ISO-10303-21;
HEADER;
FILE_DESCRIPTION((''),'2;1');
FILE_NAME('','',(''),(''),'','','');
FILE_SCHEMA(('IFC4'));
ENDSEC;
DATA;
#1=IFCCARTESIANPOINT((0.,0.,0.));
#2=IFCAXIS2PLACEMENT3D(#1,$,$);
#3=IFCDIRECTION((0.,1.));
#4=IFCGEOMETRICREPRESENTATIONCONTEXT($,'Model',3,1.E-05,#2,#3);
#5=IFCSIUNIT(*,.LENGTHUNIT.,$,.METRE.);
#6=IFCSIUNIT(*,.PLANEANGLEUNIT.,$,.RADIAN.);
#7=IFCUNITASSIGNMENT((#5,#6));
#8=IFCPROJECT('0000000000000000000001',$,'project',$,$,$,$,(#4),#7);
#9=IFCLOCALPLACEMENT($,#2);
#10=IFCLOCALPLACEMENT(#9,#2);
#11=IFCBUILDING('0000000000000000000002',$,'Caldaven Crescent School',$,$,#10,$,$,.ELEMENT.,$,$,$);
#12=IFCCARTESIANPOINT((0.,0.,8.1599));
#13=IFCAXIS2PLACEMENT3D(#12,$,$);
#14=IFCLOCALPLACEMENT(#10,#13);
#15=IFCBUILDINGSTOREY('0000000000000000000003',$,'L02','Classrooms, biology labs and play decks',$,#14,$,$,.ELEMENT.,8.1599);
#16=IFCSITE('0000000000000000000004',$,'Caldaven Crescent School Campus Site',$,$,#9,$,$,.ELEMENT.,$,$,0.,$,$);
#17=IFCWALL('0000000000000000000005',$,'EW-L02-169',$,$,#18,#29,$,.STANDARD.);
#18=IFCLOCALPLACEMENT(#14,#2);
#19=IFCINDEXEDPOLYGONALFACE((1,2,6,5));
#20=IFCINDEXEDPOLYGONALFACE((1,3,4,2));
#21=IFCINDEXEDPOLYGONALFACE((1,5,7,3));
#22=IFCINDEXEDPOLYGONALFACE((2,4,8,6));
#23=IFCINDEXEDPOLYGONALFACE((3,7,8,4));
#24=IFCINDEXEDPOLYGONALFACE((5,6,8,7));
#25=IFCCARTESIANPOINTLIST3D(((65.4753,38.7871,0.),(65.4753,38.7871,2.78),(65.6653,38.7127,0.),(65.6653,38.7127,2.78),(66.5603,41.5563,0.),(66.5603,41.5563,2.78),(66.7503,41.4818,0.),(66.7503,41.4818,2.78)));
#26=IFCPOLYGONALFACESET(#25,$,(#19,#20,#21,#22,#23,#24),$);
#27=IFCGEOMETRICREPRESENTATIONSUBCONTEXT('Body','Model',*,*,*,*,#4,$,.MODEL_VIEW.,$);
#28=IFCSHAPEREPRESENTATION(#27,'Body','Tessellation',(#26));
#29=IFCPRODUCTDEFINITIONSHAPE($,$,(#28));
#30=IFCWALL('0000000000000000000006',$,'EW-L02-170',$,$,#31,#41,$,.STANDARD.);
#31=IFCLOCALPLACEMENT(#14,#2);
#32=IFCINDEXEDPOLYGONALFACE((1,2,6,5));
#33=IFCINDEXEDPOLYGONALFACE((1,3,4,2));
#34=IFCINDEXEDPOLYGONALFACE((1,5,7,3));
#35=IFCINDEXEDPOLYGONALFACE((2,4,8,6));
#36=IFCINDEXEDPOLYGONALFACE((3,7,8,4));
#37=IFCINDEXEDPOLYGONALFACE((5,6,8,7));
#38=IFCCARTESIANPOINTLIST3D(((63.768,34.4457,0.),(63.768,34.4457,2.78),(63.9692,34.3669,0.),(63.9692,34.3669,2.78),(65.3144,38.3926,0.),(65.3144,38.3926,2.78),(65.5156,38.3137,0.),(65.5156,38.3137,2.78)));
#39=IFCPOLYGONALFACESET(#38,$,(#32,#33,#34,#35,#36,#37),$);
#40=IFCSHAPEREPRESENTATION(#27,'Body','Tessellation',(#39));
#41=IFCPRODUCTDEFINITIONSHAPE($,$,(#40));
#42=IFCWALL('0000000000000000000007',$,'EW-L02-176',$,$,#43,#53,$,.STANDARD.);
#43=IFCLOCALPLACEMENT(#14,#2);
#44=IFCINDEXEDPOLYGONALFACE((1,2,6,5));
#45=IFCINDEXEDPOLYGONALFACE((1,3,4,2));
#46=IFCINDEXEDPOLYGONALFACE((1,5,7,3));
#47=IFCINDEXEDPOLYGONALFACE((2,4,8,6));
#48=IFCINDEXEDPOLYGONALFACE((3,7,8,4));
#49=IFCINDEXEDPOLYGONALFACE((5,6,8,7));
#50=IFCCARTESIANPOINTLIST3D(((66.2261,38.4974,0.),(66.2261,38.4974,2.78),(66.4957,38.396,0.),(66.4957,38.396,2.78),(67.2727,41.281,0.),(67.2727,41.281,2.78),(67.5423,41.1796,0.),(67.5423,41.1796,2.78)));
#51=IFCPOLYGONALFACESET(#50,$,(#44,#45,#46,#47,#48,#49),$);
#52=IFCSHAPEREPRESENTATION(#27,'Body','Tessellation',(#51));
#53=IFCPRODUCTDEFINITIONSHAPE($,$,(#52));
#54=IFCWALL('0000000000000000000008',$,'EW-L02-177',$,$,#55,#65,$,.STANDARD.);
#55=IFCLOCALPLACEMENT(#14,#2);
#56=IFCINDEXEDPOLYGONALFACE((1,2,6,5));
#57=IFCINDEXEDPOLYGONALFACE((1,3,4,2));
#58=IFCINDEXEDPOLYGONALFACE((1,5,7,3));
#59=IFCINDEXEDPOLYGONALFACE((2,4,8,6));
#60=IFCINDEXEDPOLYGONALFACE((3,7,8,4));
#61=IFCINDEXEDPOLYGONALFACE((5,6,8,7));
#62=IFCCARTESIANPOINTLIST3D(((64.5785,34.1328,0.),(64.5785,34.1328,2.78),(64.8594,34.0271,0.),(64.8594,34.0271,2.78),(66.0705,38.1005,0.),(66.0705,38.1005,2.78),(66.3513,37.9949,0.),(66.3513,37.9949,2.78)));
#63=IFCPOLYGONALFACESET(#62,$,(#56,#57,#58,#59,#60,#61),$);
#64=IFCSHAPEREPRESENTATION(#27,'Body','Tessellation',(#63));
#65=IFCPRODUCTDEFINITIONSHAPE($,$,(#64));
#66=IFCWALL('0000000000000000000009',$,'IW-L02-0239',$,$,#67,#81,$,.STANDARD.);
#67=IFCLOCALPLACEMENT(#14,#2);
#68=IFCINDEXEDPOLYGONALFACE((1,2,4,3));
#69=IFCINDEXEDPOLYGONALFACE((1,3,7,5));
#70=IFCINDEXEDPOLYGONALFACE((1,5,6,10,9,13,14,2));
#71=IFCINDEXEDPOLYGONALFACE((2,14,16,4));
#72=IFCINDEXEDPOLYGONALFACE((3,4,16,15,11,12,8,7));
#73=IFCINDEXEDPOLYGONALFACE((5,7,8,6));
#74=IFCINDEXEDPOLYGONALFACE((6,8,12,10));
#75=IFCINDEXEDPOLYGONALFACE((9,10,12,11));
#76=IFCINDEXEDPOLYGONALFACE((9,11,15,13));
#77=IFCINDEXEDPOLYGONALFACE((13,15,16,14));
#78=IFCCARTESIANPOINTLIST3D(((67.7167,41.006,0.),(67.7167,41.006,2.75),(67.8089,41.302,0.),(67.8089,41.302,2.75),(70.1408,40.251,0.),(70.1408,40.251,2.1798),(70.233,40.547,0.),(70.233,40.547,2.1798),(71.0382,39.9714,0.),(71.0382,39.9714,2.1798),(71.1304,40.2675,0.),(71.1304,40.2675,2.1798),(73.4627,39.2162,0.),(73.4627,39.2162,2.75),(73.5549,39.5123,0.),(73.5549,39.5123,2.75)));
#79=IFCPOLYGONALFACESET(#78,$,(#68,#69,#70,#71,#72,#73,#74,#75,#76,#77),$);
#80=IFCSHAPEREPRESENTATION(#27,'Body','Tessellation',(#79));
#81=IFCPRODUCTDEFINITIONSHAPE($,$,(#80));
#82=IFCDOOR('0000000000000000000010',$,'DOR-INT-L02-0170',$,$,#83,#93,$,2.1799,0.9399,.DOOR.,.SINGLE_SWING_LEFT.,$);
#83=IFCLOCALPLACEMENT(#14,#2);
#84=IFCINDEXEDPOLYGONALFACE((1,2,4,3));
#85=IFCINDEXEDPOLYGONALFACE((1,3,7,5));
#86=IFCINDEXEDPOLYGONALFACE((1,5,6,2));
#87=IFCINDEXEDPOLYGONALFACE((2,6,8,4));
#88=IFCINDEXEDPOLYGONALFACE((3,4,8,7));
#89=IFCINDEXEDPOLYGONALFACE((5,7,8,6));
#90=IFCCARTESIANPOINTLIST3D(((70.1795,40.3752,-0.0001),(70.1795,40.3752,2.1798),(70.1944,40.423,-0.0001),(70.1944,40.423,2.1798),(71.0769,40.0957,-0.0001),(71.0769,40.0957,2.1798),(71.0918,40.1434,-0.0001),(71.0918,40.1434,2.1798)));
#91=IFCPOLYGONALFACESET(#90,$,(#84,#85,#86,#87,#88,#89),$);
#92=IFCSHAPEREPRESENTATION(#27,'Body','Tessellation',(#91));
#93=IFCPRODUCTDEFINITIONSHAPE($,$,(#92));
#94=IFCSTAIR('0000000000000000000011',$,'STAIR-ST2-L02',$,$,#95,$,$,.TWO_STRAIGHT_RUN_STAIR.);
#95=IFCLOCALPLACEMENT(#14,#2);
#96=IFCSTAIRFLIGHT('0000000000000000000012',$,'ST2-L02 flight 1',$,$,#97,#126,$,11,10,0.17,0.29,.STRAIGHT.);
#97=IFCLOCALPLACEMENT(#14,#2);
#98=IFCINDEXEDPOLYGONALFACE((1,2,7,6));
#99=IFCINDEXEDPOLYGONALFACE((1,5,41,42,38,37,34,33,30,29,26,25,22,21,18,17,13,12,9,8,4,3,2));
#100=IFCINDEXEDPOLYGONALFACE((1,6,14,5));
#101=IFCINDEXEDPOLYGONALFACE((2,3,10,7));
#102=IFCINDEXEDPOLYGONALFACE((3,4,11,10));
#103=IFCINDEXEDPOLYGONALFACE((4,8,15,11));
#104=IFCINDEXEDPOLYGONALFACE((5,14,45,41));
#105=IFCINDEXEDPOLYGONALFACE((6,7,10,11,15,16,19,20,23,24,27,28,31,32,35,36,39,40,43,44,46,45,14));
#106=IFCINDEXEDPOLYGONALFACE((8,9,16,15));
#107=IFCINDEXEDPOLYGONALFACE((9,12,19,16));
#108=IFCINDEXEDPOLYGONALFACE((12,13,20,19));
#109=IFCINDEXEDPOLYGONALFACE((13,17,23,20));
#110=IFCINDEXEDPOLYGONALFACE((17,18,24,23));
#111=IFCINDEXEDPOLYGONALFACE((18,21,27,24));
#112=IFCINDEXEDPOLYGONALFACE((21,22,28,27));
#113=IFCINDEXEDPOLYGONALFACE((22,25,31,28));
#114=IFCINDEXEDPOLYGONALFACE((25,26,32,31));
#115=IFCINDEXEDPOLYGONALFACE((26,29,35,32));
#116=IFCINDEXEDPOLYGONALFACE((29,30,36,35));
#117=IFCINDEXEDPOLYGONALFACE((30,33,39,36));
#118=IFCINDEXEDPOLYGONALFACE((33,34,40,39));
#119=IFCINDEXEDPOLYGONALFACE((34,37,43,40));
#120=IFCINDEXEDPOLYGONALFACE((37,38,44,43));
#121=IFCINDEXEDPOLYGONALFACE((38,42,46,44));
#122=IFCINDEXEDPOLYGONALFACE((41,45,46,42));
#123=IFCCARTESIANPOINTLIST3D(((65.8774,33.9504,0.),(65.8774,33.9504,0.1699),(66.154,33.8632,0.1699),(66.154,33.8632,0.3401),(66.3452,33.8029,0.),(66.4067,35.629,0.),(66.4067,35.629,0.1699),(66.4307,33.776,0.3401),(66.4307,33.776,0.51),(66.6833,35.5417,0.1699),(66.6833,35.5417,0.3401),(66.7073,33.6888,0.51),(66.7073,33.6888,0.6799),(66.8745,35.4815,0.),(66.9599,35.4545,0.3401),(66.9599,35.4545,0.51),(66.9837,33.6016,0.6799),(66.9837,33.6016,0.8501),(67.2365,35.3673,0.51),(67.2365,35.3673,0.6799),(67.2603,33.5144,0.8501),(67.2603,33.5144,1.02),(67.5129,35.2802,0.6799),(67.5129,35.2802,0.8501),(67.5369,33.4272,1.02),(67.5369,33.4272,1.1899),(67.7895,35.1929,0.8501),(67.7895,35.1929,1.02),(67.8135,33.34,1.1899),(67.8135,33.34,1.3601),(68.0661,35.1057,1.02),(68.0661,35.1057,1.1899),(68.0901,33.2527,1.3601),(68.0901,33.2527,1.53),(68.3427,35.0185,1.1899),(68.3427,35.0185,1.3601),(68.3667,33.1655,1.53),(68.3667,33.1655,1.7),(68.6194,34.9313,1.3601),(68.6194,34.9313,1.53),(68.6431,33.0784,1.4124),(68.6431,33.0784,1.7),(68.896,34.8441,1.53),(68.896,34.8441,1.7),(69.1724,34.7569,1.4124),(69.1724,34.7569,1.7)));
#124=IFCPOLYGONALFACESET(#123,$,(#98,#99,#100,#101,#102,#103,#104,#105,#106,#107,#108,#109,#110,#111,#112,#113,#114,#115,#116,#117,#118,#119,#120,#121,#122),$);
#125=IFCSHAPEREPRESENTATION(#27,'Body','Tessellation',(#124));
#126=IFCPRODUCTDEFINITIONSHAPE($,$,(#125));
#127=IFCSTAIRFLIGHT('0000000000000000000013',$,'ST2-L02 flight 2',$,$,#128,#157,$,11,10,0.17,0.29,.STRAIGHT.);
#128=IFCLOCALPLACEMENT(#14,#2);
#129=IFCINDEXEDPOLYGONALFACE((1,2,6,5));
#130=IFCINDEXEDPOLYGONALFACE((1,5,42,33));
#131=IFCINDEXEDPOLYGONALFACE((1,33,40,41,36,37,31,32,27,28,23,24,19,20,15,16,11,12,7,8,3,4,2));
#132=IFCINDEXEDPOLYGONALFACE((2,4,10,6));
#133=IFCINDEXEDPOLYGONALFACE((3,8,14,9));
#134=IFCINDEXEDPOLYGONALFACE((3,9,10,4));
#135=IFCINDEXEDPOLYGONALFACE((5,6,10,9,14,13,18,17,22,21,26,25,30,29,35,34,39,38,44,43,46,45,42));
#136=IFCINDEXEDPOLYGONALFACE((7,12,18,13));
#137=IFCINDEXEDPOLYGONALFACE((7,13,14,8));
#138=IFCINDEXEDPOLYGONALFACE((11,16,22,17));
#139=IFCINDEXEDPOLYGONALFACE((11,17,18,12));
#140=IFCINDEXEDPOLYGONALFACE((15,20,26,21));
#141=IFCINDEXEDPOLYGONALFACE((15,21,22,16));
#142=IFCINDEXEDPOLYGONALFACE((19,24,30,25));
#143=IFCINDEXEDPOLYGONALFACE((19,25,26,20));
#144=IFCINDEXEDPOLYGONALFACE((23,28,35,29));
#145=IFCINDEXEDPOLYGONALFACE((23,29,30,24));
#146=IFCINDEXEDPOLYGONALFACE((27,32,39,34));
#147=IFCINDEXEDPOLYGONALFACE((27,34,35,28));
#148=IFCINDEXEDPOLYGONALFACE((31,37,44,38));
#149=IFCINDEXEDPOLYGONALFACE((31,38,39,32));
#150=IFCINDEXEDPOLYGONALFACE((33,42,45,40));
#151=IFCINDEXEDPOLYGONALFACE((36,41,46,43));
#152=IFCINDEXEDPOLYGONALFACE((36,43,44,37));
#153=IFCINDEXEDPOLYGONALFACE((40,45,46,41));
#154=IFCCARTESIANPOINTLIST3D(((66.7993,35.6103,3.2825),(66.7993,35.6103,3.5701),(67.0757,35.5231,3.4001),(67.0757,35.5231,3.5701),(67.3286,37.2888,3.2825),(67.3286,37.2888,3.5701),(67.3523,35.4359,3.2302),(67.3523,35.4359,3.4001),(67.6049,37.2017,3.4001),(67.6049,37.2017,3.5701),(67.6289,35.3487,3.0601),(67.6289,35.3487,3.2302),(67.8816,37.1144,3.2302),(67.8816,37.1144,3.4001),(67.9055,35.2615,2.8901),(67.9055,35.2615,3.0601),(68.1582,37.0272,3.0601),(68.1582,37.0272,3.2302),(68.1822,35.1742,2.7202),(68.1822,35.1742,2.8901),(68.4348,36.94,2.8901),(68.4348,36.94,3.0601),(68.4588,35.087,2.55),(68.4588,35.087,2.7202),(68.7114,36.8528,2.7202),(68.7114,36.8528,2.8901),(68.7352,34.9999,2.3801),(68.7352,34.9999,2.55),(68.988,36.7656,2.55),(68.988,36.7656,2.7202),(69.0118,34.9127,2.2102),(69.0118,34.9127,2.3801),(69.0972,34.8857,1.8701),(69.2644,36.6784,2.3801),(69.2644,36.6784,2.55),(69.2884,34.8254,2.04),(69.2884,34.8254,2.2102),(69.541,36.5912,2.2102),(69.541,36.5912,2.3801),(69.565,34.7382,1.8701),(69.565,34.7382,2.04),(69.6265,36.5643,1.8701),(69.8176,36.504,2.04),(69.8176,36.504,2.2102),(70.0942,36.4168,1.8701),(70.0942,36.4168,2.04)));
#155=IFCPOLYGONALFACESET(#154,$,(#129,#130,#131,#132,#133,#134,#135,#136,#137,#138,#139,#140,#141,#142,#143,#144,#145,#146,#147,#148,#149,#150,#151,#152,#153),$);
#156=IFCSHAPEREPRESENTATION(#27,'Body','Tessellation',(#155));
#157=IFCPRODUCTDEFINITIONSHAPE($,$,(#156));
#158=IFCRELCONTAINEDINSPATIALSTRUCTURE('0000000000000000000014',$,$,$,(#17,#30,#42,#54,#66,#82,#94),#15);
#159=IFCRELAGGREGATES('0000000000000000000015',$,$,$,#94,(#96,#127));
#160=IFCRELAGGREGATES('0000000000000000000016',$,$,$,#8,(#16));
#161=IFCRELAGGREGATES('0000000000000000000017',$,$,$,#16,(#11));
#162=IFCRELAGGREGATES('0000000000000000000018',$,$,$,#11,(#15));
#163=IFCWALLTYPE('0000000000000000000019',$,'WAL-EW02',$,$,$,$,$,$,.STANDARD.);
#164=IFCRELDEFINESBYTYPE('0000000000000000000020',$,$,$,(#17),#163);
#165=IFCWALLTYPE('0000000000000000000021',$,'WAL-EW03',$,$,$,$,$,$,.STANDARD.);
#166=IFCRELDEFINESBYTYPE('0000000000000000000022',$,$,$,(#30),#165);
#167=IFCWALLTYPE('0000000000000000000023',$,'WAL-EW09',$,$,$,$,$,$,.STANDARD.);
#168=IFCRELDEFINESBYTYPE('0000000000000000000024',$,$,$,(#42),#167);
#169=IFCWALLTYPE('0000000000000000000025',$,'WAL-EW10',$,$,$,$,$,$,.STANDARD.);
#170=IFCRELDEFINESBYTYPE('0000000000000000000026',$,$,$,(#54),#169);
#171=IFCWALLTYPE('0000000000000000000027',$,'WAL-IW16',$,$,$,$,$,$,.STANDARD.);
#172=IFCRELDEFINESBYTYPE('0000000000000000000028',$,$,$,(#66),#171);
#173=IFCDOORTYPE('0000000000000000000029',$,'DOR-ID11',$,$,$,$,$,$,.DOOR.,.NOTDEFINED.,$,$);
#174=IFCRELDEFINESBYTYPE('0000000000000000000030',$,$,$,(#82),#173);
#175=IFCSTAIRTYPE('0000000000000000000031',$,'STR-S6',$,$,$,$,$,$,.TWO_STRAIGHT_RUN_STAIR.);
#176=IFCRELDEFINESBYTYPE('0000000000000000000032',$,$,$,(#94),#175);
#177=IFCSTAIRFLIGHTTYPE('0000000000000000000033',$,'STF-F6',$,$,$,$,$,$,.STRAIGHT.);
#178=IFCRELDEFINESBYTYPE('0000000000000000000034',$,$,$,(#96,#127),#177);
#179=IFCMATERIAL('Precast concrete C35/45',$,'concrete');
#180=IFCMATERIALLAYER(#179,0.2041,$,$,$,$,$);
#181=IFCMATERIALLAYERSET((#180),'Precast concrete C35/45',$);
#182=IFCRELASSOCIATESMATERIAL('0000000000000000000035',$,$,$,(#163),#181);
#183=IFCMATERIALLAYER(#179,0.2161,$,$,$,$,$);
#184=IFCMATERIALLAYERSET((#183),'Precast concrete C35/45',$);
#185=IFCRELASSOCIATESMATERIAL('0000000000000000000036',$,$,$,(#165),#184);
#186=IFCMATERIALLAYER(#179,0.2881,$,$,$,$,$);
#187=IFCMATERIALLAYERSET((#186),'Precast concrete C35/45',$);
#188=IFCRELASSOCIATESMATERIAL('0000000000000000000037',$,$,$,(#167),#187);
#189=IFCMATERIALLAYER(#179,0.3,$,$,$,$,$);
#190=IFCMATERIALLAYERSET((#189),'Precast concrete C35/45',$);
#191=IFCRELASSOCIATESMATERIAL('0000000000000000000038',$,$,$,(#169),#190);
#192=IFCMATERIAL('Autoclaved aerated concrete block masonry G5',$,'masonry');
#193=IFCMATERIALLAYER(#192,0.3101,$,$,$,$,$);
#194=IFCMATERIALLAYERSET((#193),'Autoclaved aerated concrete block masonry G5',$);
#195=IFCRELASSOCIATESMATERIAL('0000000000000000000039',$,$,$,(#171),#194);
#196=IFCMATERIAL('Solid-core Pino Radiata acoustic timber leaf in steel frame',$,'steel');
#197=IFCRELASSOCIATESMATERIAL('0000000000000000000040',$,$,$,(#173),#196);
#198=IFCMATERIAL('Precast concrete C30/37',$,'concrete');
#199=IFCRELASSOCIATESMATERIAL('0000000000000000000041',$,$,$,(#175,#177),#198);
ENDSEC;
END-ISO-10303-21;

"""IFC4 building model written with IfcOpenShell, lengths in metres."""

from ifc_helpers import new_model, si_unit, direction, frame, frame_2d, origin, place, context, subcontext, project, spatial, polyline, rectangle, outline, extrude, material, layer, layer_set, type_object, element, fill, aggregate, save


model = new_model("IFC4")

# Units and contexts
model_context = context("Model", 3, precision=1e-05, world=origin(), true_north=direction((0.0, 1.0)))
body_context = subcontext(model_context, "Body", "Model", "MODEL_VIEW")
ifc_project = project(units=[si_unit("LENGTHUNIT", "METRE"), si_unit("PLANEANGLEUNIT", "RADIAN")], contexts=[model_context])

# Site, building, storey
site_placement = place(None, origin())
site = spatial("IfcSite", under=ifc_project, at=site_placement, Name="Caldaven Crescent School Campus Site", CompositionType="ELEMENT", RefElevation=0.0)
building_placement = place(site_placement, origin())
building = spatial("IfcBuilding", under=site, at=building_placement, Name="Caldaven Crescent School", CompositionType="ELEMENT")
storey_placement = place(building_placement, frame((0.0, 0.0, 8.1599)))
storey = spatial("IfcBuildingStorey", under=building, at=storey_placement, Name="L02", Description="Classrooms, biology labs and play decks", CompositionType="ELEMENT", Elevation=8.1599)

# Walls
ifc_material_1 = material(Name="Precast concrete C35/45", Category="concrete")
ifc_layer_1 = layer(ifc_material_1, 0.2041)
ifc_layer_set_1 = layer_set([ifc_layer_1], Name="Precast concrete C35/45")
wall_type_1 = type_object("IfcWallType", Name="WAL-EW02", PredefinedType="STANDARD", material=ifc_layer_set_1)
wall_1_placement = place(storey_placement, frame((66.6553, 41.519, 0.0), z_axis=(0.0, 0.0, 1.0), x_axis=(-0.364814, -0.93108, 0.0)))
element("IfcWall", 1, at=wall_1_placement, inside=storey, type_object=wall_type_1, Name="EW-L02-169", PredefinedType="STANDARD", context=body_context, shape_type="SweptSolid", body=[
    extrude(rectangle(XDim=2.9741, YDim=0.2041, at=frame_2d((1.4871, 0.0))), origin(), (0.0, 0.0, 1.0), 2.78),
])
ifc_layer_2 = layer(ifc_material_1, 0.2161)
ifc_layer_set_2 = layer_set([ifc_layer_2], Name="Precast concrete C35/45")
wall_type_2 = type_object("IfcWallType", Name="WAL-EW03", PredefinedType="STANDARD", material=ifc_layer_set_2)
wall_2_placement = place(storey_placement, frame((65.415, 38.3533, 0.0), z_axis=(0.0, 0.0, 1.0), x_axis=(-0.364808, -0.931083, 0.0)))
element("IfcWall", 2, at=wall_2_placement, inside=storey, type_object=wall_type_2, Name="EW-L02-170", PredefinedType="STANDARD", context=body_context, shape_type="SweptSolid", body=[
    extrude(rectangle(XDim=4.239, YDim=0.2161, at=frame_2d((2.1196, 0.0))), origin(), (0.0, 0.0, 1.0), 2.78),
])
ifc_layer_3 = layer(ifc_material_1, 0.2881)
ifc_layer_set_3 = layer_set([ifc_layer_3], Name="Precast concrete C35/45")
wall_type_3 = type_object("IfcWallType", Name="WAL-EW09", PredefinedType="STANDARD", material=ifc_layer_set_3)
wall_3_placement = place(storey_placement, frame((67.4075, 41.2302, 0.0), z_axis=(0.0, 0.0, 1.0), x_axis=(-0.351933, -0.936025, 0.0)))
element("IfcWall", 3, at=wall_3_placement, inside=storey, type_object=wall_type_3, Name="EW-L02-176", PredefinedType="STANDARD", context=body_context, shape_type="SweptSolid", body=[
    extrude(rectangle(XDim=2.9739, YDim=0.2881, at=frame_2d((1.4868, 0.0))), origin(), (0.0, 0.0, 1.0), 2.78),
])
ifc_layer_4 = layer(ifc_material_1, 0.3)
ifc_layer_set_4 = layer_set([ifc_layer_4], Name="Precast concrete C35/45")
wall_type_4 = type_object("IfcWallType", Name="WAL-EW10", PredefinedType="STANDARD", material=ifc_layer_set_4)
wall_4_placement = place(storey_placement, frame((66.2109, 38.0479, 0.0), z_axis=(0.0, 0.0, 1.0), x_axis=(-0.351956, -0.936016, 0.0)))
element("IfcWall", 4, at=wall_4_placement, inside=storey, type_object=wall_type_4, Name="EW-L02-177", PredefinedType="STANDARD", context=body_context, shape_type="SweptSolid", body=[
    extrude(rectangle(XDim=4.239, YDim=0.3, at=frame_2d((2.1196, 0.0))), origin(), (0.0, 0.0, 1.0), 2.78),
])

# Wall, opening, door
ifc_material_2 = material(Name="Autoclaved aerated concrete block masonry G5", Category="masonry")
ifc_material_3 = material(Name="Solid-core Pino Radiata acoustic timber leaf in steel frame", Category="steel")
ifc_layer_5 = layer(ifc_material_2, 0.3101)
ifc_layer_set_5 = layer_set([ifc_layer_5], Name="Autoclaved aerated concrete block masonry G5")
wall_type_5 = type_object("IfcWallType", Name="WAL-IW16", PredefinedType="STANDARD", material=ifc_layer_set_5)
wall_5_placement = place(storey_placement, frame((67.7627, 41.1541, 0.0), z_axis=(0.0, 0.0, 1.0), x_axis=(0.954757, -0.297388, 0.0)))
wall_5 = element("IfcWall", 5, at=wall_5_placement, inside=storey, type_object=wall_type_5, Name="IW-L02-0239", PredefinedType="STANDARD", context=body_context, shape_type="SweptSolid", body=[
    extrude(rectangle(XDim=6.0183, YDim=0.3101, at=frame_2d((3.0093, 0.0))), origin(), (0.0, 0.0, 1.0), 2.75),
])
opening_1_placement = place(wall_5_placement, frame((2.5391, 0.0, 0.0)))
opening_1 = element("IfcOpeningElement", 6, at=opening_1_placement, cuts=wall_5, PredefinedType="OPENING", context=body_context, shape_type="SweptSolid", body=[
    extrude(rectangle(XDim=0.9399, YDim=2.1799, at=frame_2d((0.47, 1.0898))), frame((0.0, 0.165, 0.0), z_axis=(0.0, -1.0, 0.0), x_axis=(1.0, 0.0, 0.0)), (0.0, 0.0, 1.0), 0.3301),
])
door_type_1 = type_object("IfcDoorType", Name="DOR-ID11", OperationType="NOTDEFINED", PredefinedType="DOOR", material=ifc_material_3)
door_1_placement = place(opening_1_placement, frame((0.9399, 0.0, 0.0), z_axis=(0.0, 0.0, 1.0), x_axis=(-1.0, 0.0, 0.0)))
door_1 = element("IfcDoor", 7, at=door_1_placement, inside=storey, type_object=door_type_1, Name="DOR-INT-L02-0170", OperationType="SINGLE_SWING_LEFT", OverallHeight=2.1799, OverallWidth=0.9399, PredefinedType="DOOR", context=body_context, shape_type="SweptSolid", body=[
    extrude(rectangle(XDim=0.9399, YDim=2.1799, at=frame_2d((0.47, 1.0898))), frame((0.0, 0.0249, 0.0), z_axis=(0.0, -1.0, 0.0), x_axis=(1.0, 0.0, 0.0)), (0.0, 0.0, 1.0), 0.05),
])
fill(opening_1, door_1)

# Stair, stair flights
ifc_material_4 = material(Name="Precast concrete C30/37", Category="concrete")
stair_type = type_object("IfcStairType", Name="STR-S6", PredefinedType="TWO_STRAIGHT_RUN_STAIR", material=ifc_material_4)
stair_placement = place(storey_placement, origin())
stair = element("IfcStair", 8, at=stair_placement, inside=storey, type_object=stair_type, Name="STAIR-ST2-L02", PredefinedType="TWO_STRAIGHT_RUN_STAIR")
stair_flight_type = type_object("IfcStairFlightType", Name="STF-F6", PredefinedType="STRAIGHT", material=ifc_material_4)
stair_flight_1_placement = place(storey_placement, frame((66.1421, 34.7898, 0.0), z_axis=(0.0, 0.0, 1.0), x_axis=(0.953717, -0.300706, 0.0)))
stair_flight_1 = element("IfcStairFlight", 9, at=stair_flight_1_placement, type_object=stair_flight_type, Name="ST2-L02 flight 1", NumberOfRisers=11, NumberOfTreads=10, PredefinedType="STRAIGHT", RiserHeight=0.17, TreadLength=0.29, context=body_context, shape_type="SweptSolid", body=[
    extrude(outline(polyline([(0.0, 0.0), (0.0, 0.1699), (0.29, 0.1699), (0.29, 0.3401), (0.5801, 0.3401), (0.5801, 0.51), (0.8701, 0.51), (0.8701, 0.6799), (1.1599, 0.6799), (1.1599, 0.8501), (1.45, 0.8501), (1.45, 1.02), (1.74, 1.02), (1.74, 1.1899), (2.03, 1.1899), (2.03, 1.3601), (2.3201, 1.3601), (2.3201, 1.53), (2.6101, 1.53), (2.6101, 1.7), (2.8999, 1.7), (2.8999, 1.8701), (2.8999, 1.4124), (0.4905, 0.0), (0.0, 0.0)])), frame((0.0, 0.8799, 0.0), z_axis=(0.0, -1.0, 0.0), x_axis=(1.0, 0.0, 0.0)), (0.0, 0.0, 1.0), 1.76),
])
stair_flight_2_placement = place(storey_placement, frame((69.8296, 35.5774, 1.8701), z_axis=(0.0, 0.0, 1.0), x_axis=(-0.953717, 0.300706, 0.0)))
stair_flight_2 = element("IfcStairFlight", 10, at=stair_flight_2_placement, type_object=stair_flight_type, Name="ST2-L02 flight 2", NumberOfRisers=11, NumberOfTreads=10, PredefinedType="STRAIGHT", RiserHeight=0.17, TreadLength=0.29, context=body_context, shape_type="SweptSolid", body=[
    extrude(outline(polyline([(0.0, 0.0), (0.0, 0.1699), (0.29, 0.1699), (0.29, 0.3401), (0.5801, 0.3401), (0.5801, 0.51), (0.8701, 0.51), (0.8701, 0.6799), (1.1599, 0.6799), (1.1599, 0.8501), (1.45, 0.8501), (1.45, 1.02), (1.74, 1.02), (1.74, 1.1899), (2.03, 1.1899), (2.03, 1.3601), (2.3201, 1.3601), (2.3201, 1.53), (2.6101, 1.53), (2.6101, 1.7), (2.8999, 1.7), (2.8999, 1.8701), (2.8999, 1.4124), (0.4905, 0.0), (0.0, 0.0)])), frame((0.0, 0.8799, 0.0), z_axis=(0.0, -1.0, 0.0), x_axis=(1.0, 0.0, 0.0)), (0.0, 0.0, 1.0), 1.76),
])
aggregate(stair, [stair_flight_1, stair_flight_2])

save(model, "model.ifc")
